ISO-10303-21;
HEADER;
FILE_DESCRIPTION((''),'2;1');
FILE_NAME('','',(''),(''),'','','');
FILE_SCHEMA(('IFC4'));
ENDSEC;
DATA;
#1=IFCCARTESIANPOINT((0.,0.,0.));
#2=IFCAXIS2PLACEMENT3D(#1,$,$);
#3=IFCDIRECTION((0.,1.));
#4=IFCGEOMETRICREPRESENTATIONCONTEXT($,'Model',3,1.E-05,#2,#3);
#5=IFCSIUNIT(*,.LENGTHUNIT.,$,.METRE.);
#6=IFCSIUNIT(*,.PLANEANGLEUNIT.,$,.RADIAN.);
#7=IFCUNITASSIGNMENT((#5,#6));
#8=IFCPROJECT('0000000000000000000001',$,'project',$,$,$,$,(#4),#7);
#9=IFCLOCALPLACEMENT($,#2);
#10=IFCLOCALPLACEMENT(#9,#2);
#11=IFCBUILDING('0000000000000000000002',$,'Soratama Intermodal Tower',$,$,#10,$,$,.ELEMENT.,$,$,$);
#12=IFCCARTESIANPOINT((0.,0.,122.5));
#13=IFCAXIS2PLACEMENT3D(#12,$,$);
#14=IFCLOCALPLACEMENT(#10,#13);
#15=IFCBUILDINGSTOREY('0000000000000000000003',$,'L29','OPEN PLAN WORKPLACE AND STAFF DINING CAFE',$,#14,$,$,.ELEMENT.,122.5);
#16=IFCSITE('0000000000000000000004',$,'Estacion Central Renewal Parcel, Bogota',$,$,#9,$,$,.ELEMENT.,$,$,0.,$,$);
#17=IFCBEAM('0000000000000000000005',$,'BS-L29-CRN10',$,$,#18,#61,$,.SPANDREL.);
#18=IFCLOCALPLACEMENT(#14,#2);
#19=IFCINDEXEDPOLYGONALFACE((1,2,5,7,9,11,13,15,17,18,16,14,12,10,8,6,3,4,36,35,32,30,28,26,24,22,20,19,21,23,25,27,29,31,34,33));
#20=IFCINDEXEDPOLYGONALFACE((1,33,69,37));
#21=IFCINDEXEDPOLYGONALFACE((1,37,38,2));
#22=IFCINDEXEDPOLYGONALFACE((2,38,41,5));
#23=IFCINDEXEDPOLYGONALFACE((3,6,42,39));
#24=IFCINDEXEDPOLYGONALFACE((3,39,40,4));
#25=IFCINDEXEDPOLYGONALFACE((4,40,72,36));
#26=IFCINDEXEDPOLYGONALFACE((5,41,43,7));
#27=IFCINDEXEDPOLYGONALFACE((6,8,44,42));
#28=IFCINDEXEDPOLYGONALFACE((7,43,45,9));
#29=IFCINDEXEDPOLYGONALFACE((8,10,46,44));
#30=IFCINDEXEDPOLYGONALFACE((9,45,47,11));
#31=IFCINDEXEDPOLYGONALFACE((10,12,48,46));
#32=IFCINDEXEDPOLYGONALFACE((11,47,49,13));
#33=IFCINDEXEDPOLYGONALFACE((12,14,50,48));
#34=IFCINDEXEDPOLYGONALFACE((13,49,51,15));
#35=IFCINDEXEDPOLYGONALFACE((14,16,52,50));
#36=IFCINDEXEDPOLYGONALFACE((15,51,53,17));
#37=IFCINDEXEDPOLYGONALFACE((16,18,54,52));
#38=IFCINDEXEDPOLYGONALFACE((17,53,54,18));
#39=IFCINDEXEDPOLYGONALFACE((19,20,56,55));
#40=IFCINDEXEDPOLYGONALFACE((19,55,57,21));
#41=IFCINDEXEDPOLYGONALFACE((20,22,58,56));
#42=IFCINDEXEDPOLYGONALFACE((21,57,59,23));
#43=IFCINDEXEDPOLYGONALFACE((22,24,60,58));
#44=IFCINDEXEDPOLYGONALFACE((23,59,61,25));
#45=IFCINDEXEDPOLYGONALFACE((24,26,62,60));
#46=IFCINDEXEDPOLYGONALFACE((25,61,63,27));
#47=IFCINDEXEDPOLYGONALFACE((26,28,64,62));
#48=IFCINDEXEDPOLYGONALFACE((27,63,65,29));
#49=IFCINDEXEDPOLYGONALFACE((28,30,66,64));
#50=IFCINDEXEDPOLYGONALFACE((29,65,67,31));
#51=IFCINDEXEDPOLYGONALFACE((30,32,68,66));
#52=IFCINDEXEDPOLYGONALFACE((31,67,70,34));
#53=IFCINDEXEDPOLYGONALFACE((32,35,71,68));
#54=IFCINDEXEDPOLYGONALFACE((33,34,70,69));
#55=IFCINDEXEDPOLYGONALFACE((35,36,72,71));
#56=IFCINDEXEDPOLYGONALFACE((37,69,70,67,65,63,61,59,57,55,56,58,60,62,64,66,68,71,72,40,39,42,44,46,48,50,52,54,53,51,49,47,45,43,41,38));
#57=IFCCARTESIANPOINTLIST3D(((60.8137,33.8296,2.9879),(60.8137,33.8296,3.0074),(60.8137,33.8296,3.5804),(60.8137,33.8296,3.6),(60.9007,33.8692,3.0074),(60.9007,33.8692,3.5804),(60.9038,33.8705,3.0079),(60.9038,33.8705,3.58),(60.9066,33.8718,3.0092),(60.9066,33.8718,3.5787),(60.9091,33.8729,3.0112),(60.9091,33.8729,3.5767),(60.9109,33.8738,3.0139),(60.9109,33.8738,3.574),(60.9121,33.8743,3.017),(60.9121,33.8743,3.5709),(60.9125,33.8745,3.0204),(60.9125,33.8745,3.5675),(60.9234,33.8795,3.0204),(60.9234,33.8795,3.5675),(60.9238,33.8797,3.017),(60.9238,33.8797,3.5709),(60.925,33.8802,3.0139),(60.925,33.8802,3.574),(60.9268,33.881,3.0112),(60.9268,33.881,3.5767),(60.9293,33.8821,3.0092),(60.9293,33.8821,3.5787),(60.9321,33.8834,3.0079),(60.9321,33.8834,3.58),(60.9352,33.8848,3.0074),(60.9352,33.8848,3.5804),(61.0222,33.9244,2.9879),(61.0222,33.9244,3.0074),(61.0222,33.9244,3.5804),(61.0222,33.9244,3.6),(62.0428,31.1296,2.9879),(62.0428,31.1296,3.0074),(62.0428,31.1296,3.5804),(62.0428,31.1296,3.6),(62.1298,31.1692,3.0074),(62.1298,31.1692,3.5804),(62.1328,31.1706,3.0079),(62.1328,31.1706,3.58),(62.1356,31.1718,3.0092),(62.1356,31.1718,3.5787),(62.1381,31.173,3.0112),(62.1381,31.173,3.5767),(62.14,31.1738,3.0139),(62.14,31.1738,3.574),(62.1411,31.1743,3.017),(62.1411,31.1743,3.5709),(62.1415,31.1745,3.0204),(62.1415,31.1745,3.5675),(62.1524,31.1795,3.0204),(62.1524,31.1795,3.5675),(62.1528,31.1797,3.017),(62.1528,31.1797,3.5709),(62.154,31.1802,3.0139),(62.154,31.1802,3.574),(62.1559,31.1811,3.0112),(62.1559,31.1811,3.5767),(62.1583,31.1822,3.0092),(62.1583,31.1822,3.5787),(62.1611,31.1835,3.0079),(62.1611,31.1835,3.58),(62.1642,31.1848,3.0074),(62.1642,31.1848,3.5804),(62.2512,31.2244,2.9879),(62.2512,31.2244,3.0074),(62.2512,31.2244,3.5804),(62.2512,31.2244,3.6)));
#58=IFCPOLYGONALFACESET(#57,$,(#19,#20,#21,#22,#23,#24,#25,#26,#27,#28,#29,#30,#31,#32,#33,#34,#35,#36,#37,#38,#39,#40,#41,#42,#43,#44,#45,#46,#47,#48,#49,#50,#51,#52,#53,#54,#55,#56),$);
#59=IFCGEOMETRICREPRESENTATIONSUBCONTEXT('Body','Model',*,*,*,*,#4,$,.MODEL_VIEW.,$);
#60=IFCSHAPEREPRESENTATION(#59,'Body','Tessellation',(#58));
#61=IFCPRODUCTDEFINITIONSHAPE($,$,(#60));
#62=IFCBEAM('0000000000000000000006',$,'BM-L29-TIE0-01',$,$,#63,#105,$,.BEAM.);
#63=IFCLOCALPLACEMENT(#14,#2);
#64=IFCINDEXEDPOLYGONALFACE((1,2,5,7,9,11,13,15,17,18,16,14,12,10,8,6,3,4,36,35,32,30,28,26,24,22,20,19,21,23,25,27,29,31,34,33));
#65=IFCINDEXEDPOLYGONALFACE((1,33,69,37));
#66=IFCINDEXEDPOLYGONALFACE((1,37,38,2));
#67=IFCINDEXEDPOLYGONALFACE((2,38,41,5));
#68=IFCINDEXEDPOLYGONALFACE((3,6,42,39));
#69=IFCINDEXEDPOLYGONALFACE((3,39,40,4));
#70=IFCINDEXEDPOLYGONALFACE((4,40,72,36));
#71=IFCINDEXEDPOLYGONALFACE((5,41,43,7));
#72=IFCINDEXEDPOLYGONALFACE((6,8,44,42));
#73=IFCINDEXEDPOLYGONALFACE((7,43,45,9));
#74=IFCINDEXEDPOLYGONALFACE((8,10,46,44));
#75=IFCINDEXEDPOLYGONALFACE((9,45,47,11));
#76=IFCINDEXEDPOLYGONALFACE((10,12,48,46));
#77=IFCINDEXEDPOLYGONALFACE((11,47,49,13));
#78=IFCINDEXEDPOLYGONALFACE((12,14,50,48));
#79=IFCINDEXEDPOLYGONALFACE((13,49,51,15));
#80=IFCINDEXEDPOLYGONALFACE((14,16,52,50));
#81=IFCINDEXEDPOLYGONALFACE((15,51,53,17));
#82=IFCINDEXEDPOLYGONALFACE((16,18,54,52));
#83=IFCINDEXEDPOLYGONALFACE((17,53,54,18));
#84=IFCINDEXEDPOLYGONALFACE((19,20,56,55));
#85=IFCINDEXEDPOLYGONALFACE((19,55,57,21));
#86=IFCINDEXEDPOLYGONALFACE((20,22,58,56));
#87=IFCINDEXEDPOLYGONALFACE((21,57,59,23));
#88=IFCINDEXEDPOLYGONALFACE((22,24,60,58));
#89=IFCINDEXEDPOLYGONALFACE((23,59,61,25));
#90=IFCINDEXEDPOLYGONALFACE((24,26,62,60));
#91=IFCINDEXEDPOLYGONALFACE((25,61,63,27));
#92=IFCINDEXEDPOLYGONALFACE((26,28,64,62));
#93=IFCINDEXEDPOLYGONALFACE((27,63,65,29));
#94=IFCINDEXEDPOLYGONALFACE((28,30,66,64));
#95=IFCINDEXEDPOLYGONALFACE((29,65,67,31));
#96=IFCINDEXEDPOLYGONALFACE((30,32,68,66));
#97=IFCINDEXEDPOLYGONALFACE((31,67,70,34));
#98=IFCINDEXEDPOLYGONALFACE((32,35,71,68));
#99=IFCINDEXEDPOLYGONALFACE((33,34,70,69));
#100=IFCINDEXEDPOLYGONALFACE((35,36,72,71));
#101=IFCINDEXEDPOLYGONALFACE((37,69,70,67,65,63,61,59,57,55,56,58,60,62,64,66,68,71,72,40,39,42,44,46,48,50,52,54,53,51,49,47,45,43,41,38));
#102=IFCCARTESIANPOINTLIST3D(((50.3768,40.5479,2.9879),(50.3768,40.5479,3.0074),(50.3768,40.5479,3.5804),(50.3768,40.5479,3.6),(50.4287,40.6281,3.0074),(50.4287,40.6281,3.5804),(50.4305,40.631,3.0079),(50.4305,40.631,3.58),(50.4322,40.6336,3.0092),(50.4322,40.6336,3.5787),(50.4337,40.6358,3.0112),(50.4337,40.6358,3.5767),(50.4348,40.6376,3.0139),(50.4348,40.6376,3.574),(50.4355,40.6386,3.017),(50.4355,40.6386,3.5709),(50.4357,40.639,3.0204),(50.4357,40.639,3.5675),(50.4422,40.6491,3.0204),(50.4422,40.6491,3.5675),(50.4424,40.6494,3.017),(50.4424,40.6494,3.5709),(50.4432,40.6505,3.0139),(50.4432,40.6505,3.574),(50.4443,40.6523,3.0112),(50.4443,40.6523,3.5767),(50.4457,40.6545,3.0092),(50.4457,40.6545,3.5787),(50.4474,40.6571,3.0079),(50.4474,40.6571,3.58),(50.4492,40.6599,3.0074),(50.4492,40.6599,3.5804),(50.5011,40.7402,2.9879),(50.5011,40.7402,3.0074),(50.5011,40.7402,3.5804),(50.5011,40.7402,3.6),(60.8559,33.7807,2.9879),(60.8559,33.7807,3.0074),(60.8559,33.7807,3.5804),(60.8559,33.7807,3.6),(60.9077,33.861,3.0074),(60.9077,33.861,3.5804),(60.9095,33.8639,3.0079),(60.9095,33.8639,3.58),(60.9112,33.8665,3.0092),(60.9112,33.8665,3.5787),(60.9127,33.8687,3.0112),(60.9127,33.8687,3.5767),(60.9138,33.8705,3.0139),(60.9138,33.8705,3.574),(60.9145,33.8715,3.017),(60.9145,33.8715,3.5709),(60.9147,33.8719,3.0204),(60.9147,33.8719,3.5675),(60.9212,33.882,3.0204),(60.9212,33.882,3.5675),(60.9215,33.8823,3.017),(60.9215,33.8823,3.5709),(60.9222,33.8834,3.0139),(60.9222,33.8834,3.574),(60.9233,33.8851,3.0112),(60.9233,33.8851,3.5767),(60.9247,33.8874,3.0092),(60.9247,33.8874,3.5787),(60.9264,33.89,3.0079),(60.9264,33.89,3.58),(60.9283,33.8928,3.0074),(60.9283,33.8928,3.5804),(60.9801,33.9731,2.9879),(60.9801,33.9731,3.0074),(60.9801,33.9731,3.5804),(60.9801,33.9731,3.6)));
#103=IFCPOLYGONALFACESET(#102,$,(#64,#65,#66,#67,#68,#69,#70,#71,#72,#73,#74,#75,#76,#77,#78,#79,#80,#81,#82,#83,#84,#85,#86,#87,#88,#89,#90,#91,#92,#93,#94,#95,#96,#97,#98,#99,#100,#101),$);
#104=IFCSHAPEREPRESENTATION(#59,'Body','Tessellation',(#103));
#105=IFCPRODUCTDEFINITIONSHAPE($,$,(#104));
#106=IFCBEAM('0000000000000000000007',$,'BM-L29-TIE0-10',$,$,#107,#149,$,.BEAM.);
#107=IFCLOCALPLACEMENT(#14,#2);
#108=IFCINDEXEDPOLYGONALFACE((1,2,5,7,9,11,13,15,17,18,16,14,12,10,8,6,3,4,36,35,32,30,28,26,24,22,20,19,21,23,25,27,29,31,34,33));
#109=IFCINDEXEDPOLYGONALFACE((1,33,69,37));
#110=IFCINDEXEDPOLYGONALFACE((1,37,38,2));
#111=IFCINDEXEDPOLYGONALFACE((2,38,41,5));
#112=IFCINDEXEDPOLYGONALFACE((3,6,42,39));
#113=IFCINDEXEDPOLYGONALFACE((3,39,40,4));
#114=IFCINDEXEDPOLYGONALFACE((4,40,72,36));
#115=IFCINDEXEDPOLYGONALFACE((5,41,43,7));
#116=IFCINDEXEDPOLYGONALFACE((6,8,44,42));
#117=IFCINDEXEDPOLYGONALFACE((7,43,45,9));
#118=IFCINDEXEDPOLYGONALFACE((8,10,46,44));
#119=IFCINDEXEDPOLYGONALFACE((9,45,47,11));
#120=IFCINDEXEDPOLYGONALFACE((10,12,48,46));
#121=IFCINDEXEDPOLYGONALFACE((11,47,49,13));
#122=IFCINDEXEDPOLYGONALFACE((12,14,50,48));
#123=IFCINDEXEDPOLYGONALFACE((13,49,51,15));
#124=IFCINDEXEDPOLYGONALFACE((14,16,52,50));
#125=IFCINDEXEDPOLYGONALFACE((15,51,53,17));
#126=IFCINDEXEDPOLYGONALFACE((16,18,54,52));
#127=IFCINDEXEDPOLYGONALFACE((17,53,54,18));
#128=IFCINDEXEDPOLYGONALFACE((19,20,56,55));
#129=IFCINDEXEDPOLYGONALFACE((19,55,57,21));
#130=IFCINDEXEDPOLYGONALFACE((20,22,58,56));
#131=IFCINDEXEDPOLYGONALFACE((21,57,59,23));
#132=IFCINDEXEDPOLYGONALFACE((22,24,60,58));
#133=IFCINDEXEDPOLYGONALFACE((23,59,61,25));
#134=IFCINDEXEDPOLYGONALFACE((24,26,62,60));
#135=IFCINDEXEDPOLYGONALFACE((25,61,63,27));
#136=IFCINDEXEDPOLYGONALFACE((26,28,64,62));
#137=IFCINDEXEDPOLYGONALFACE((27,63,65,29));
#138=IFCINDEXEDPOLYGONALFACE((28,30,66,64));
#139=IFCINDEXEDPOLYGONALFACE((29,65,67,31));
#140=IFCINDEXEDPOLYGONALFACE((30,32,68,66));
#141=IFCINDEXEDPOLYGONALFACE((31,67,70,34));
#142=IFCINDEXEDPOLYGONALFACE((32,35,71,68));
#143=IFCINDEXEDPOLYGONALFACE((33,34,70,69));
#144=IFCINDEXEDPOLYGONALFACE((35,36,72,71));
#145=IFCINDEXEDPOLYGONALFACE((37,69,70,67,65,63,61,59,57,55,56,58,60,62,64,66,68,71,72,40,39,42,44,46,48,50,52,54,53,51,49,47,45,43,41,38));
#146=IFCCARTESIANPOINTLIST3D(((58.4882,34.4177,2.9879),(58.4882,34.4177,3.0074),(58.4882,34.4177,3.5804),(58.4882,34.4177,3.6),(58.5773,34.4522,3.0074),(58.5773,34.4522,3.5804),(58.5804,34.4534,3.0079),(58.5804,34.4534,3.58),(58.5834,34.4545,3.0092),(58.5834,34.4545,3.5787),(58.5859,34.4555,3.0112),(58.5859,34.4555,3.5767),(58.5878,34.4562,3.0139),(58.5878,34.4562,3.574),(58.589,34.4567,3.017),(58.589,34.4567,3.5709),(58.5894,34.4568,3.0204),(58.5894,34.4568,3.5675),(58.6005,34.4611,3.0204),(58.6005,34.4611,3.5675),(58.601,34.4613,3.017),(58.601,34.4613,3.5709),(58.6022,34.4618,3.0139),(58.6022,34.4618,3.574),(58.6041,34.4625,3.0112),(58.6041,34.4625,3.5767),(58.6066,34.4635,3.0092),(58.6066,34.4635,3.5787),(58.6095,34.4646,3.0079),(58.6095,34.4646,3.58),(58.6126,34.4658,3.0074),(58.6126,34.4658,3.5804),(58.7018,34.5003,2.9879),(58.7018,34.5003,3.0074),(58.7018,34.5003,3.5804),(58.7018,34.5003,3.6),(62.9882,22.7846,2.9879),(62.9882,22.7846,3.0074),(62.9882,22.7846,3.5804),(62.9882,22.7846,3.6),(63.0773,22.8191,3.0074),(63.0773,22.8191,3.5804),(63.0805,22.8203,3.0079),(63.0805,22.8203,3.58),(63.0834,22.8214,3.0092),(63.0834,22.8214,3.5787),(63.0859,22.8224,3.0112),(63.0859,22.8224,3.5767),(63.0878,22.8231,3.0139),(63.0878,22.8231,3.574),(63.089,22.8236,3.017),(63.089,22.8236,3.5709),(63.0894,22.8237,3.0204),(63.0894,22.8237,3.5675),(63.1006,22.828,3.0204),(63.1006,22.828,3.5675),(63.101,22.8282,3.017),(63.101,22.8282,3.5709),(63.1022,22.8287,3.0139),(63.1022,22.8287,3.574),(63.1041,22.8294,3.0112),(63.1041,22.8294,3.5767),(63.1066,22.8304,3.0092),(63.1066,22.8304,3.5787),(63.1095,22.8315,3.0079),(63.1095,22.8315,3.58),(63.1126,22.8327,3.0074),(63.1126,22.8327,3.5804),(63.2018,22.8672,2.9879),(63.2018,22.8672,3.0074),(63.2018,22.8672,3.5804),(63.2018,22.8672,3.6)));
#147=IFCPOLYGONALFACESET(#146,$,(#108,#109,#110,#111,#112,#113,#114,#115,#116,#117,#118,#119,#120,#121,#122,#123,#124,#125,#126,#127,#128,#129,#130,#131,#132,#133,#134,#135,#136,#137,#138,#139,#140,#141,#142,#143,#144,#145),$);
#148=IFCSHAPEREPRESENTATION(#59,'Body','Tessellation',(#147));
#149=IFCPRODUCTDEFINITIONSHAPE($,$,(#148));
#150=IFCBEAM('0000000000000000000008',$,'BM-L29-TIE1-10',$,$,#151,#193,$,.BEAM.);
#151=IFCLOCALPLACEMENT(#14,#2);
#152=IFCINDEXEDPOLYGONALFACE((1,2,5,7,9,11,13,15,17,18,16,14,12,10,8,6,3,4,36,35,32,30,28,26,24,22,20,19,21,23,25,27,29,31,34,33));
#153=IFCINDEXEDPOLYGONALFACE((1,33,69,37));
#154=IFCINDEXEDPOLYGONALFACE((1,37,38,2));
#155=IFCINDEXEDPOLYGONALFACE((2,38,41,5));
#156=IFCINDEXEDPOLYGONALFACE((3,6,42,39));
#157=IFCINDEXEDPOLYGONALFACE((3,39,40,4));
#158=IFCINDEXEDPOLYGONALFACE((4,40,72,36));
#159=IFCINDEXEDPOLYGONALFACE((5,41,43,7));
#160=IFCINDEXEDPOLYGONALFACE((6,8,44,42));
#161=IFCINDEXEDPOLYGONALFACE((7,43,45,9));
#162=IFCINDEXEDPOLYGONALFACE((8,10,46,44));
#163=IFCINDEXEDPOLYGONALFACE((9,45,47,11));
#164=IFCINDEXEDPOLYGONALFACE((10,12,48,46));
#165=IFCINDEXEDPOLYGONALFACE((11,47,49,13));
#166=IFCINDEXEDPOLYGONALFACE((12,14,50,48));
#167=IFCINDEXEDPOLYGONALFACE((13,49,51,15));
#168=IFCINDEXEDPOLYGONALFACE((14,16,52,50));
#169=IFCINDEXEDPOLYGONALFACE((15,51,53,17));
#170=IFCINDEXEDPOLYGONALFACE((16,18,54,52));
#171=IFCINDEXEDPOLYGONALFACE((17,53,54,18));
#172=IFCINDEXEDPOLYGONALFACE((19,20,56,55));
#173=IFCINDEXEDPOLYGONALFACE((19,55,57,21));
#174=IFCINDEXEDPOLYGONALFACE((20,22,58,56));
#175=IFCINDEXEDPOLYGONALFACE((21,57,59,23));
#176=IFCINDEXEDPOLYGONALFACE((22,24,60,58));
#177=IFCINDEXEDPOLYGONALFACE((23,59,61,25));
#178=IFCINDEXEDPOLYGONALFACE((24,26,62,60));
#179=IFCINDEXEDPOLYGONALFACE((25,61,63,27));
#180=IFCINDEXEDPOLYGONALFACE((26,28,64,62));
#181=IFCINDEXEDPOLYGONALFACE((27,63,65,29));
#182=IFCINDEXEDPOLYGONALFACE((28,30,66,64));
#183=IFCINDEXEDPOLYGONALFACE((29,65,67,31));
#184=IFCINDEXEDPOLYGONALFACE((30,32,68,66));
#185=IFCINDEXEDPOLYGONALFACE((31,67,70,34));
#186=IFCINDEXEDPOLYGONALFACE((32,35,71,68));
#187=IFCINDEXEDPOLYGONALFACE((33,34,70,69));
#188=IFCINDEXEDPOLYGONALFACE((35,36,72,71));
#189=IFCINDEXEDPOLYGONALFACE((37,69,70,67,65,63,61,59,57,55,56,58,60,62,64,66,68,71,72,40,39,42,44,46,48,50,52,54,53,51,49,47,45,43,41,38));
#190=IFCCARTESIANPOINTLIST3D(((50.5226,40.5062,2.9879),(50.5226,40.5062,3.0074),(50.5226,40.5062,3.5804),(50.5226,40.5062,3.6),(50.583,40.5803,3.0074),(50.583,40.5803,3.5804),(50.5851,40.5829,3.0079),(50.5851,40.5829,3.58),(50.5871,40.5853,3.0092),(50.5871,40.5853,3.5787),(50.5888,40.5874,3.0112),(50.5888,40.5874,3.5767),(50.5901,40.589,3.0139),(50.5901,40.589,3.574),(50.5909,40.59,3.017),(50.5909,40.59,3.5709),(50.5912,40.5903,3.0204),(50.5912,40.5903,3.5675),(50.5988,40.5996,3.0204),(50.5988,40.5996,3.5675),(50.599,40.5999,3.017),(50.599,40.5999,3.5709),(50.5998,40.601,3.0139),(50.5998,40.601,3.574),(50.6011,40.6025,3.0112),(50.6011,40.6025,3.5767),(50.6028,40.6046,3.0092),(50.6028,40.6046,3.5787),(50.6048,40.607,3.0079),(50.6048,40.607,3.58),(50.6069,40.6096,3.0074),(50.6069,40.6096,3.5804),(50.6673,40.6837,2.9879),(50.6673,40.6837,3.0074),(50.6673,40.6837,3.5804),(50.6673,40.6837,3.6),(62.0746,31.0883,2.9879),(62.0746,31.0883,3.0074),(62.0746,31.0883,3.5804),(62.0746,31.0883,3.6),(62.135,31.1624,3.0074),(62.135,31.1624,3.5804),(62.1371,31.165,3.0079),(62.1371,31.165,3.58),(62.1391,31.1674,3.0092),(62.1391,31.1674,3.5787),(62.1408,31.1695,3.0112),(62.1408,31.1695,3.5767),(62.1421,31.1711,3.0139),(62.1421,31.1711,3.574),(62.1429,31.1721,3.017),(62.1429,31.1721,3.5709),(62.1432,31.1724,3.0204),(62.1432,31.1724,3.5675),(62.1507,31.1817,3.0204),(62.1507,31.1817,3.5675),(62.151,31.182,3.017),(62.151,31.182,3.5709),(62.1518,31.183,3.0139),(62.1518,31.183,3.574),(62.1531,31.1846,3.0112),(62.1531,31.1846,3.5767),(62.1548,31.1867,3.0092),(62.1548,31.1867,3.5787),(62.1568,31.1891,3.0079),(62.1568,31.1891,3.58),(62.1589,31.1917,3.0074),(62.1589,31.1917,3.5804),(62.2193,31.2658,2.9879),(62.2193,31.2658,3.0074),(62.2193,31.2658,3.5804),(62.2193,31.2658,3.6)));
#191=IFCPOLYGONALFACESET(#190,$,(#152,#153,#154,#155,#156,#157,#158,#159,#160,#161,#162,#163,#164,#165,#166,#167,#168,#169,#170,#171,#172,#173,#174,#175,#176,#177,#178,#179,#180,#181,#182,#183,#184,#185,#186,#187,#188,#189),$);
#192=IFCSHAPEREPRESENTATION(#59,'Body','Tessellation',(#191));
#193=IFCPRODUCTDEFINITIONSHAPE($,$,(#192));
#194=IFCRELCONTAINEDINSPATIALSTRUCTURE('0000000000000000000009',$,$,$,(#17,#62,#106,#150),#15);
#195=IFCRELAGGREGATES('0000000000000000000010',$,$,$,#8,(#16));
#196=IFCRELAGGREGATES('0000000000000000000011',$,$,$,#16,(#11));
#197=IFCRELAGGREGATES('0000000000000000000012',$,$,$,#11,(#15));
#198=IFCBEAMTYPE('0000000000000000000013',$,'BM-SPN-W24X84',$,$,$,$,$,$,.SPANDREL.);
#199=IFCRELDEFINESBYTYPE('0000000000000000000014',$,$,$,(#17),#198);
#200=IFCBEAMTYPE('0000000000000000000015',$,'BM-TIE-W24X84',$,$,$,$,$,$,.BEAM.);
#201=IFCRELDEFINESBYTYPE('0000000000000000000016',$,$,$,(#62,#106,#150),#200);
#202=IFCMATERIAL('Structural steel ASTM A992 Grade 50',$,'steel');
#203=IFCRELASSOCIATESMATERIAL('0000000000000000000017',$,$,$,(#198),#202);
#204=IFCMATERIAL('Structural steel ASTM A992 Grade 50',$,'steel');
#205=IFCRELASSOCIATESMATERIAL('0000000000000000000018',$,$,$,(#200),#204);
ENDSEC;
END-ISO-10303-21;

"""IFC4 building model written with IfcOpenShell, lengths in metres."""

from ifc_helpers import new_model, si_unit, direction, frame, origin, origin_2d, place, context, subcontext, project, spatial, i_section, extrude, material, material_profile, profile_set, type_object, element, save


model = new_model("IFC4")

# Units and contexts
model_context = context("Model", 3, precision=1e-05, world=origin(), true_north=direction((0.0, 1.0)))
body_context = subcontext(model_context, "Body", "Model", "MODEL_VIEW")
ifc_project = project(units=[si_unit("LENGTHUNIT", "METRE"), si_unit("PLANEANGLEUNIT", "RADIAN")], contexts=[model_context])

# Site, building, storey
site_placement = place(None, origin())
site = spatial("IfcSite", under=ifc_project, at=site_placement, Name="Estacion Central Renewal Parcel, Bogota", CompositionType="ELEMENT", RefElevation=0.0)
building_placement = place(site_placement, origin())
building = spatial("IfcBuilding", under=site, at=building_placement, Name="Soratama Intermodal Tower", CompositionType="ELEMENT")
storey_placement = place(building_placement, frame((0.0, 0.0, 122.5)))
storey = spatial("IfcBuildingStorey", under=building, at=storey_placement, Name="L29", Description="OPEN PLAN WORKPLACE AND STAFF DINING CAFE", CompositionType="ELEMENT", Elevation=122.5)

# Beams
ifc_material_1 = material(Name="Structural steel ASTM A992 Grade 50", Category="steel")
ifc_material_profile_1 = material_profile(ifc_material_1, i_section(OverallWidth=0.229, OverallDepth=0.6121, WebThickness=0.012, FlangeThickness=0.0195, FilletRadius=0.0129, at=origin_2d()), Name="W24X84")
ifc_profile_set_1 = profile_set([ifc_material_profile_1], Name="Structural steel ASTM A992 Grade 50")
beam_type_1 = type_object("IfcBeamType", Name="BM-SPN-W24X84", PredefinedType="SPANDREL", material=ifc_profile_set_1)
beam_1_placement = place(storey_placement, frame((62.147, 31.177, 3.2939), z_axis=(-0.414293, 0.910144, 0.0), x_axis=(-0.910144, -0.414293, 0.0)))
element("IfcBeam", 1, at=beam_1_placement, inside=storey, type_object=beam_type_1, Name="BS-L29-CRN10", PredefinedType="SPANDREL", context=body_context, shape_type="SweptSolid", body=[
    extrude(i_section(OverallWidth=0.229, OverallDepth=0.6121, WebThickness=0.012, FlangeThickness=0.0195, FilletRadius=0.0129, at=origin_2d()), origin(), (0.0, 0.0, 1.0), 2.9666),
])
ifc_material_2 = material(Name="Structural steel ASTM A992 Grade 50", Category="steel")
ifc_material_profile_2 = material_profile(ifc_material_2, i_section(OverallWidth=0.229, OverallDepth=0.6121, WebThickness=0.012, FlangeThickness=0.0195, FilletRadius=0.0129, at=origin_2d()), Name="W24X84")
ifc_profile_set_2 = profile_set([ifc_material_profile_2], Name="Structural steel ASTM A992 Grade 50")
beam_type_2 = type_object("IfcBeamType", Name="BM-TIE-W24X84", PredefinedType="BEAM", material=ifc_profile_set_2)
beam_2_placement = place(storey_placement, frame((50.439, 40.644, 3.2939), z_axis=(0.840061, -0.542491, 0.0), x_axis=(0.542491, 0.840061, 0.0)))
element("IfcBeam", 2, at=beam_2_placement, inside=storey, type_object=beam_type_2, Name="BM-L29-TIE0-01", PredefinedType="BEAM", context=body_context, shape_type="SweptSolid", body=[
    extrude(i_section(OverallWidth=0.229, OverallDepth=0.6121, WebThickness=0.012, FlangeThickness=0.0195, FilletRadius=0.0129, at=origin_2d()), origin(), (0.0, 0.0, 1.0), 12.4741),
])
beam_3_placement = place(storey_placement, frame((58.595, 34.459, 3.2939), z_axis=(0.360777, -0.932652, 0.0), x_axis=(0.932652, 0.360777, 0.0)))
element("IfcBeam", 3, at=beam_3_placement, inside=storey, type_object=beam_type_2, Name="BM-L29-TIE0-10", PredefinedType="BEAM", context=body_context, shape_type="SweptSolid", body=[
    extrude(i_section(OverallWidth=0.229, OverallDepth=0.6121, WebThickness=0.012, FlangeThickness=0.0195, FilletRadius=0.0129, at=origin_2d()), origin(), (0.0, 0.0, 1.0), 12.4731),
])
beam_4_placement = place(storey_placement, frame((50.595, 40.595, 3.2939), z_axis=(0.775063, -0.631884, 0.0), x_axis=(0.631884, 0.775063, 0.0)))
element("IfcBeam", 4, at=beam_4_placement, inside=storey, type_object=beam_type_2, Name="BM-L29-TIE1-10", PredefinedType="BEAM", context=body_context, shape_type="SweptSolid", body=[
    extrude(i_section(OverallWidth=0.229, OverallDepth=0.6121, WebThickness=0.012, FlangeThickness=0.0195, FilletRadius=0.0129, at=origin_2d()), origin(), (0.0, 0.0, 1.0), 14.9045),
])

save(model, "model.ifc")
